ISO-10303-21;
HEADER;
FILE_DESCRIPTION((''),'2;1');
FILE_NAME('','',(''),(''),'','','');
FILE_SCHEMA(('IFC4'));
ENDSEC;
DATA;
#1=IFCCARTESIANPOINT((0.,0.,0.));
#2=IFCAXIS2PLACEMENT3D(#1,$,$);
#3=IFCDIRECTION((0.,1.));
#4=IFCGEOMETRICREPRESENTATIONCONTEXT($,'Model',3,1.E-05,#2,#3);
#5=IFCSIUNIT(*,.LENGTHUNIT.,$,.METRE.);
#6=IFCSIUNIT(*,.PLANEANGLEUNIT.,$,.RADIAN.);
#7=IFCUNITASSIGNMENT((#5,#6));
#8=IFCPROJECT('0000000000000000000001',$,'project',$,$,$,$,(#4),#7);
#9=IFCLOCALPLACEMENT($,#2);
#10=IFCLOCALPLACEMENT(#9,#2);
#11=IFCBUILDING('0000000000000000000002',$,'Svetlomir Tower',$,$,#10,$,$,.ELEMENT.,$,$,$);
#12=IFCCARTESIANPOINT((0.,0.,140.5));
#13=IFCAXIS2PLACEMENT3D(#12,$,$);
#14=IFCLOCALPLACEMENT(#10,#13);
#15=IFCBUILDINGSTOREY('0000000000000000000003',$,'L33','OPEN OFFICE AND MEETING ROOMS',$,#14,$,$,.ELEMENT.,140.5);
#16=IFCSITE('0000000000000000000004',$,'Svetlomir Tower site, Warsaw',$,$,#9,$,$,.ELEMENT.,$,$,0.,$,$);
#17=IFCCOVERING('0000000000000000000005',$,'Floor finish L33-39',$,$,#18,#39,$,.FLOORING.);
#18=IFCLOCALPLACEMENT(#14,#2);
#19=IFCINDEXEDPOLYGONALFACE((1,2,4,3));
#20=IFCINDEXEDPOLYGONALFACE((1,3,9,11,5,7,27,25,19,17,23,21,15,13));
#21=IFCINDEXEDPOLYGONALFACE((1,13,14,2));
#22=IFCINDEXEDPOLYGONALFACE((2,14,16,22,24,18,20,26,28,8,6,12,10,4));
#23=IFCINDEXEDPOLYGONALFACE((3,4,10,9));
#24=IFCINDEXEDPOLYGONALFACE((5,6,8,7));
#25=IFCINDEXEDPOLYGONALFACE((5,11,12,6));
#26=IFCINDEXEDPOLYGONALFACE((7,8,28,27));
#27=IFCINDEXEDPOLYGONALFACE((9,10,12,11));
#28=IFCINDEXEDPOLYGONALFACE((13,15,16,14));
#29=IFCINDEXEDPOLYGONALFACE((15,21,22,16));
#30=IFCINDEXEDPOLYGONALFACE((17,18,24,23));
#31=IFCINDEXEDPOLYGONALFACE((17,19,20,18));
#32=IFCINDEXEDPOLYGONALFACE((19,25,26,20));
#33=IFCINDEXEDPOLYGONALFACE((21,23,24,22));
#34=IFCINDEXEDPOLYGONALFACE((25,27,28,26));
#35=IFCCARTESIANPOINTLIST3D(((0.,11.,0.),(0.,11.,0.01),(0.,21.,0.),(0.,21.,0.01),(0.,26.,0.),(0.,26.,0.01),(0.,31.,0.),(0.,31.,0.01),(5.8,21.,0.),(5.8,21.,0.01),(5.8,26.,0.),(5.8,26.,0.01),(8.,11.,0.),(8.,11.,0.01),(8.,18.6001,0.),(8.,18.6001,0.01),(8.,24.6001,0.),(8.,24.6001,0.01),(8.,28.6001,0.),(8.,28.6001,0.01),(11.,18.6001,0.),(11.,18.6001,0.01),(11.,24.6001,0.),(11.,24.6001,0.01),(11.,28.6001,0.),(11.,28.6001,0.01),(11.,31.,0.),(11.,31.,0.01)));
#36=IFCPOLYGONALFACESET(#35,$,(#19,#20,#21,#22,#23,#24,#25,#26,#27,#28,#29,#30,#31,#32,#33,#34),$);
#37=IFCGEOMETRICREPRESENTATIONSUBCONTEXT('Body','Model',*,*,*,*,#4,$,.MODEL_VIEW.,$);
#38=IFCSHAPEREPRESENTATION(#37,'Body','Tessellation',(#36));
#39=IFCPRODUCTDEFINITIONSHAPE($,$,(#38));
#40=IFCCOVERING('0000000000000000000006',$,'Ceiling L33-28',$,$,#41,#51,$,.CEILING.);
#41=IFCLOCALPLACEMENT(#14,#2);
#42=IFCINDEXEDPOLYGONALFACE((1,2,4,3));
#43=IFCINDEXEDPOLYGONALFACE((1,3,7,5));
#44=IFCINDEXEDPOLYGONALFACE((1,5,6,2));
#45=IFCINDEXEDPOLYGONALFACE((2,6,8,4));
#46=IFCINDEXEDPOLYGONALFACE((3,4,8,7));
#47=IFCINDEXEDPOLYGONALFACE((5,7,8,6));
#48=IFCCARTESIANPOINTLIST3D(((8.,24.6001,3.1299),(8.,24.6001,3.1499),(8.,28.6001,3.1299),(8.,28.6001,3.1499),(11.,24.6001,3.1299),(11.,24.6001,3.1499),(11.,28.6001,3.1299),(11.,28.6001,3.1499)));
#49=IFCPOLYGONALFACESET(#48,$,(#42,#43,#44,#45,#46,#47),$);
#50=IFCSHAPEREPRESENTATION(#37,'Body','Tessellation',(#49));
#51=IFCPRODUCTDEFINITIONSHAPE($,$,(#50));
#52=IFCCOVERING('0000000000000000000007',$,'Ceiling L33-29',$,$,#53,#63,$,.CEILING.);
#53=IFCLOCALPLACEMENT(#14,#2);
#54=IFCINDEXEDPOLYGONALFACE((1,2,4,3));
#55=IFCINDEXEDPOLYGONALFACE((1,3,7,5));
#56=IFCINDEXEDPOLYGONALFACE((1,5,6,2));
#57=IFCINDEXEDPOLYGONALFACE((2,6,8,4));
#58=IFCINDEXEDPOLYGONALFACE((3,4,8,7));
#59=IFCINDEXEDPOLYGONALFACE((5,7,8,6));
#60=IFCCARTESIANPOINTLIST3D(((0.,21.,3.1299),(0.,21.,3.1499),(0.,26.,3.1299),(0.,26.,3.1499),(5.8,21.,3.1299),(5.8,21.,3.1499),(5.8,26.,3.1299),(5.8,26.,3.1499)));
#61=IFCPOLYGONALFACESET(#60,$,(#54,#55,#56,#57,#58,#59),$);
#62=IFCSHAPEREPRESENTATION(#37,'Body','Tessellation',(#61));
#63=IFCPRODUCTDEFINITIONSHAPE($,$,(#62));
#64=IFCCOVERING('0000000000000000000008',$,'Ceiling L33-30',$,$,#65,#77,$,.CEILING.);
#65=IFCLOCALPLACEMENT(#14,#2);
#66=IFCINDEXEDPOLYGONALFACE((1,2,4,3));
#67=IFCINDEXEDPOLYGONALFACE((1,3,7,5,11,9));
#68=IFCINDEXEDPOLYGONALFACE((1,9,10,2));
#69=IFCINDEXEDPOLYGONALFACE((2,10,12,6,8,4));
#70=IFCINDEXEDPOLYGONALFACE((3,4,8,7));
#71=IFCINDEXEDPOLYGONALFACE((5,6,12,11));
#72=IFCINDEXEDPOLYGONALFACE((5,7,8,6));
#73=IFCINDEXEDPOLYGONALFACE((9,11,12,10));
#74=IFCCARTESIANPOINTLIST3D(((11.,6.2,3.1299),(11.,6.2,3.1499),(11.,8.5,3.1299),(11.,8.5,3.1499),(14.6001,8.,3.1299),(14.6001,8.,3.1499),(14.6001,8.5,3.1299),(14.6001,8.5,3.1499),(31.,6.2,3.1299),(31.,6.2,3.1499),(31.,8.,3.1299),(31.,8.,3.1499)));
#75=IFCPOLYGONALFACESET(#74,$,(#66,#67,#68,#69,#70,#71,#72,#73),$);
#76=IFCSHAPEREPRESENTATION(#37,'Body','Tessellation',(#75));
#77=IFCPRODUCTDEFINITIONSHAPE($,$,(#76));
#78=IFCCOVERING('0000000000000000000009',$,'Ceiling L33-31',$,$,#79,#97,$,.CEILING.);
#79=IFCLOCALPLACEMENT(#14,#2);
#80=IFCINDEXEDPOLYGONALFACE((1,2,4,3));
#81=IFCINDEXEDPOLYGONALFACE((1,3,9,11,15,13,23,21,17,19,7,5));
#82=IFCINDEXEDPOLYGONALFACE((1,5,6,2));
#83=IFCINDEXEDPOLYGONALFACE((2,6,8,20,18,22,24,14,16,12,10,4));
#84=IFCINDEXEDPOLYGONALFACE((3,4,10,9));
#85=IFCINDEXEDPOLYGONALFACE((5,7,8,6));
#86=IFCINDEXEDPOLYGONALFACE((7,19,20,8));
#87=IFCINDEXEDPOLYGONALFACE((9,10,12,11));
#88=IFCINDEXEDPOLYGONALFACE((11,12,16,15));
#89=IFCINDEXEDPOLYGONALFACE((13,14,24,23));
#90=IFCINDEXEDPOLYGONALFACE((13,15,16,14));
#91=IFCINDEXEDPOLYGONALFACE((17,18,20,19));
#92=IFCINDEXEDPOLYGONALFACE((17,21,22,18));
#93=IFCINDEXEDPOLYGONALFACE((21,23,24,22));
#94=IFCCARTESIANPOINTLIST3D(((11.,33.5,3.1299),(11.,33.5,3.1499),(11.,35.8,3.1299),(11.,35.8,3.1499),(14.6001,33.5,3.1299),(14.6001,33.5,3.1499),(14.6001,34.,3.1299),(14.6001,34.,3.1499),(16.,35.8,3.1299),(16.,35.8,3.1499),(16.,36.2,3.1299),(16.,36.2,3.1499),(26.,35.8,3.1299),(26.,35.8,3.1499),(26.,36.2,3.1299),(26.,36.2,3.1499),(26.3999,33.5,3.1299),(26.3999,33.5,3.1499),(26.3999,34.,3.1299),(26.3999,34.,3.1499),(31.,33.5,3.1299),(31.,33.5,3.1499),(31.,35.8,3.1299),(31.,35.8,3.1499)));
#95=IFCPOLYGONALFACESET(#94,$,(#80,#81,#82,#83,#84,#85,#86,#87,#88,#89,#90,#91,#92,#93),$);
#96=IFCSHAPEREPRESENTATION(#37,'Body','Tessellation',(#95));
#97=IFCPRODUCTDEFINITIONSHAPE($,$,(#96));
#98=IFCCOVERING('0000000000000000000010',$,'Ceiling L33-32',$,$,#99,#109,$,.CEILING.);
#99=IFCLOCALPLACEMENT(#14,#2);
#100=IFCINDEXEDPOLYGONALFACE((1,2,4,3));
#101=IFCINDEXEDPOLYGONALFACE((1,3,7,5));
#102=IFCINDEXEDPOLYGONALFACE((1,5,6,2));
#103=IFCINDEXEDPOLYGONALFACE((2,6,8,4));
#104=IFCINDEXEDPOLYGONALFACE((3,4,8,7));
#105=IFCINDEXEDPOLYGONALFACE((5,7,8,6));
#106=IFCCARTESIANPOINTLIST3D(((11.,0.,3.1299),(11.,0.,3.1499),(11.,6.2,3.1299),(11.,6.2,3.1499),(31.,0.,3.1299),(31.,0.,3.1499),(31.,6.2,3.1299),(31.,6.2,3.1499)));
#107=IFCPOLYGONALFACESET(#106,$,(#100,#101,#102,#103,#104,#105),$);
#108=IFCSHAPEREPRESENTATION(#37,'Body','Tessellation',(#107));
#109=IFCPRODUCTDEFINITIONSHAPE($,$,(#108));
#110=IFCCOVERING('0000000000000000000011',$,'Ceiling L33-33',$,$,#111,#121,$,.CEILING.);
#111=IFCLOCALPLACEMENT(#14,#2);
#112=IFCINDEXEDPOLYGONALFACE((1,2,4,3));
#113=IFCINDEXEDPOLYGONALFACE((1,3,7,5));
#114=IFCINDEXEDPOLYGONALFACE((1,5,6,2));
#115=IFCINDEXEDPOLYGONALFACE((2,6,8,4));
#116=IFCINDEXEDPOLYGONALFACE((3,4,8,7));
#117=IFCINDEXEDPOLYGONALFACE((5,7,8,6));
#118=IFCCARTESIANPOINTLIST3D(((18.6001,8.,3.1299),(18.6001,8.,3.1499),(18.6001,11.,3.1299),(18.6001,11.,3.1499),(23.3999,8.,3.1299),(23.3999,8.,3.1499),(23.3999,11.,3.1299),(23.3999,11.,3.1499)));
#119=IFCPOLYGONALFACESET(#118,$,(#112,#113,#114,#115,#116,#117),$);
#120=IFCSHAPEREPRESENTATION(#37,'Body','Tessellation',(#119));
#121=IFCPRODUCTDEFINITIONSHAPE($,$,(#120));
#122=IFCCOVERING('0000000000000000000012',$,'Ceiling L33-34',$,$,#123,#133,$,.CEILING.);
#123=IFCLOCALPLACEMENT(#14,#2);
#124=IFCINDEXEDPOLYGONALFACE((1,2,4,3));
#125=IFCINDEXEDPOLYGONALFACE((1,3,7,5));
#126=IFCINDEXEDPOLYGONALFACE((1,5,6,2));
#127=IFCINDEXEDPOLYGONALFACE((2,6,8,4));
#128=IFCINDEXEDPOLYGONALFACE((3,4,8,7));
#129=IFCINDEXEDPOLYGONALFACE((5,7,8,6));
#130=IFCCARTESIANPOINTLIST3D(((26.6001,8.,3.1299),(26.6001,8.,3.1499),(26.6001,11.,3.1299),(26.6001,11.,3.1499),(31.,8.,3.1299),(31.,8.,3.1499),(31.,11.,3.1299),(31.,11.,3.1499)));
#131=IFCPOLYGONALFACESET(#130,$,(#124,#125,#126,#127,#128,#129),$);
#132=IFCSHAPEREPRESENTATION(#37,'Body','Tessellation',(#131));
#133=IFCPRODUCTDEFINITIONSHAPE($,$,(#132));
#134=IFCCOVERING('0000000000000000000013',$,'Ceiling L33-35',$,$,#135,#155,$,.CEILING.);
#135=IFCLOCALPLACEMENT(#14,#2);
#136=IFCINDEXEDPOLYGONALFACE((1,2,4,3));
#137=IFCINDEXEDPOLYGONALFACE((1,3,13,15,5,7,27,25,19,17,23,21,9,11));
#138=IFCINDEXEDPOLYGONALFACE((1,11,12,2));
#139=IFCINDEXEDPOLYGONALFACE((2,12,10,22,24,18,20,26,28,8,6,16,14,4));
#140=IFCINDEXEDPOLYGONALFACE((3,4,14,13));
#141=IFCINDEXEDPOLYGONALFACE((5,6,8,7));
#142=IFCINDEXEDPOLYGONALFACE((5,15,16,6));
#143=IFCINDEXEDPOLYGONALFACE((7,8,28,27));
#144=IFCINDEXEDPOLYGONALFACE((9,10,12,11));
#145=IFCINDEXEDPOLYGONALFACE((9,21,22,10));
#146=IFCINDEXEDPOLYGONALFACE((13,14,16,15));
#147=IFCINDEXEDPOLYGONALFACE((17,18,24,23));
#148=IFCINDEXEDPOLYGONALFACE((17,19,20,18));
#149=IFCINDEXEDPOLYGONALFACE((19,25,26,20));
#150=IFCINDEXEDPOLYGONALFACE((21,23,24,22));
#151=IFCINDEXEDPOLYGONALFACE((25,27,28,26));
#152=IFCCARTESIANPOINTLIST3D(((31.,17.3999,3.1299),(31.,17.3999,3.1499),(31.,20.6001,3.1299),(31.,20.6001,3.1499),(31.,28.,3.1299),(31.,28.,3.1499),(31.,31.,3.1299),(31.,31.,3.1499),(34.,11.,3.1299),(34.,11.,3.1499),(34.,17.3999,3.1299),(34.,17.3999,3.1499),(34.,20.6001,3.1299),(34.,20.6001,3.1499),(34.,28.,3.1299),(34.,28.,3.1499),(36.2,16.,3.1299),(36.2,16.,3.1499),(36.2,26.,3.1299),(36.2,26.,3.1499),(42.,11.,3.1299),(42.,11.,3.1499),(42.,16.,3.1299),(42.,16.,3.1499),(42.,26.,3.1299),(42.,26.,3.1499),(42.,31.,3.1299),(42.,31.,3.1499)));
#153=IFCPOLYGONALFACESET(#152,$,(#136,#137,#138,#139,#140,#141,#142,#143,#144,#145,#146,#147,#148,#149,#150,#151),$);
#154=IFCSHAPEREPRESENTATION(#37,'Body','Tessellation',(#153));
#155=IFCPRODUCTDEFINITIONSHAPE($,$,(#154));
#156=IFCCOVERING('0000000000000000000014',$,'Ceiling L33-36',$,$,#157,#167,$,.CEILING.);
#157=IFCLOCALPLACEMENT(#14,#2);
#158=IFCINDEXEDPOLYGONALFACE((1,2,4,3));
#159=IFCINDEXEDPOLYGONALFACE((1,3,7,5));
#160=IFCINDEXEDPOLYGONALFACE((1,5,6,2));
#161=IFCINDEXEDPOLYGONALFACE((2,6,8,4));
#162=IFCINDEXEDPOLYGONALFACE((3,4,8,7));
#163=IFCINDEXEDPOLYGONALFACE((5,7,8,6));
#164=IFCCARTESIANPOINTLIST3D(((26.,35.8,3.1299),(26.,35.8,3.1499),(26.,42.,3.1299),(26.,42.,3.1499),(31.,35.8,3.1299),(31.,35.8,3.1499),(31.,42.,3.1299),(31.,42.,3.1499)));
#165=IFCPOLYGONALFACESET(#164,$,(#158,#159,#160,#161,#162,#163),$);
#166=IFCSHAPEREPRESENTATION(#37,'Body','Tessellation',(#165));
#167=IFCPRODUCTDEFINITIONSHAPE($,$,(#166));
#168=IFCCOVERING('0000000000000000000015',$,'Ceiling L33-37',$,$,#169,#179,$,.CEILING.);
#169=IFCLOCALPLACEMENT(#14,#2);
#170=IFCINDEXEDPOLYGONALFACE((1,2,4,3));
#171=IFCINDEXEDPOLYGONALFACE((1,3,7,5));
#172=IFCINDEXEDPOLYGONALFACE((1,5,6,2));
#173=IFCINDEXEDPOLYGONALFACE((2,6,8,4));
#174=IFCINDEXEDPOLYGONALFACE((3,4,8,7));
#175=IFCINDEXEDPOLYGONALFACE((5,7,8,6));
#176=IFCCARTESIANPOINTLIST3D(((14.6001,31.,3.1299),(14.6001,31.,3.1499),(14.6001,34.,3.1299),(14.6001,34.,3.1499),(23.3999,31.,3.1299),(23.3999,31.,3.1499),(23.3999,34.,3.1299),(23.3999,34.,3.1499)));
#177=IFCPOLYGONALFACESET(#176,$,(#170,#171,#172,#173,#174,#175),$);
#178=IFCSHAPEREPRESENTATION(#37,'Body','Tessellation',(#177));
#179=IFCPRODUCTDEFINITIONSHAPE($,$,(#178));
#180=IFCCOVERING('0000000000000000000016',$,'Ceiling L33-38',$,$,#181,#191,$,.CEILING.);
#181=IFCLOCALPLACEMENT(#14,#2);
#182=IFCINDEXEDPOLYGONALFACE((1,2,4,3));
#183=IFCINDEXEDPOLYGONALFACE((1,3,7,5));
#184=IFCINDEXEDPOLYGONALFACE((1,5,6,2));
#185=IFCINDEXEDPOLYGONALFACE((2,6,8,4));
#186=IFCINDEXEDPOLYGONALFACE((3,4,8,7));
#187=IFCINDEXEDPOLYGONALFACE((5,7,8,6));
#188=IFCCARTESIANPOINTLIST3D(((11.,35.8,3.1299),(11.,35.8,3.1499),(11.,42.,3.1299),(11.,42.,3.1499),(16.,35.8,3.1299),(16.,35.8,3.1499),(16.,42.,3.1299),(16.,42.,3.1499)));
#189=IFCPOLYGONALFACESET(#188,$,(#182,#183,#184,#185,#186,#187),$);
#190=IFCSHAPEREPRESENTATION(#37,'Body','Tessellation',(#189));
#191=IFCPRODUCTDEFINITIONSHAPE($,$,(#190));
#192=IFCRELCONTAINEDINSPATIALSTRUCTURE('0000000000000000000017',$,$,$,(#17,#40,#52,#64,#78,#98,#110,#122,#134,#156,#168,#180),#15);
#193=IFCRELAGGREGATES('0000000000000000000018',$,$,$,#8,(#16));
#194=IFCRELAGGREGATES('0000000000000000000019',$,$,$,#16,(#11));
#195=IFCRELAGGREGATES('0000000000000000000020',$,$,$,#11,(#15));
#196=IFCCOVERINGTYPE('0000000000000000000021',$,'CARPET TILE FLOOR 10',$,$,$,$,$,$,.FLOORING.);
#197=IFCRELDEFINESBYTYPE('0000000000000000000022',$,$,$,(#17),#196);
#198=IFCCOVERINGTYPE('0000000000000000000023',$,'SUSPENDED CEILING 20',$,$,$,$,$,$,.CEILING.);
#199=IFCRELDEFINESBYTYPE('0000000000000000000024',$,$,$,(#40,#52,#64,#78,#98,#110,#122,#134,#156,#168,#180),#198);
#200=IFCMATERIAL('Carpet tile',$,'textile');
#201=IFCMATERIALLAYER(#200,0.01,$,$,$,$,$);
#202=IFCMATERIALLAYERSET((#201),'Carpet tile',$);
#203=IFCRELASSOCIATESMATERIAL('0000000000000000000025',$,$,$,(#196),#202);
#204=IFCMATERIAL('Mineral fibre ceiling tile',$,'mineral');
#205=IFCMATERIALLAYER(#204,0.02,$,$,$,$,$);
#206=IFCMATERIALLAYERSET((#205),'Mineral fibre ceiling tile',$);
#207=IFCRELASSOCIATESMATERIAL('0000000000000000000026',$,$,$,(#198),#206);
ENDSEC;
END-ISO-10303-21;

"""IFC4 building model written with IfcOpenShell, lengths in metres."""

from ifc_helpers import new_model, si_unit, direction, frame, origin, place, context, subcontext, project, spatial, polyline, outline, extrude, material, layer, layer_set, type_object, element, save


model = new_model("IFC4")

# Units and contexts
model_context = context("Model", 3, precision=1e-05, world=origin(), true_north=direction((0.0, 1.0)))
body_context = subcontext(model_context, "Body", "Model", "MODEL_VIEW")
ifc_project = project(units=[si_unit("LENGTHUNIT", "METRE"), si_unit("PLANEANGLEUNIT", "RADIAN")], contexts=[model_context])

# Site, building, storey
site_placement = place(None, origin())
site = spatial("IfcSite", under=ifc_project, at=site_placement, Name="Svetlomir Tower site, Warsaw", CompositionType="ELEMENT", RefElevation=0.0)
building_placement = place(site_placement, origin())
building = spatial("IfcBuilding", under=site, at=building_placement, Name="Svetlomir Tower", CompositionType="ELEMENT")
storey_placement = place(building_placement, frame((0.0, 0.0, 140.5)))
storey = spatial("IfcBuildingStorey", under=building, at=storey_placement, Name="L33", Description="OPEN OFFICE AND MEETING ROOMS", CompositionType="ELEMENT", Elevation=140.5)

# Coverings
ifc_material_1 = material(Name="Carpet tile", Category="textile")
ifc_layer_1 = layer(ifc_material_1, 0.01)
ifc_layer_set_1 = layer_set([ifc_layer_1], Name="Carpet tile")
covering_type_1 = type_object("IfcCoveringType", Name="CARPET TILE FLOOR 10", PredefinedType="FLOORING", material=ifc_layer_set_1)
covering_1_placement = place(storey_placement, origin())
element("IfcCovering", 1, at=covering_1_placement, inside=storey, type_object=covering_type_1, Name="Floor finish L33-39", PredefinedType="FLOORING", context=body_context, shape_type="SweptSolid", body=[
    extrude(outline(polyline([(11.0, 28.6001), (8.0, 28.6001), (8.0, 24.6001), (11.0, 24.6001), (11.0, 18.6001), (8.0, 18.6001), (8.0, 11.0), (0.0, 11.0), (0.0, 21.0), (5.8, 21.0), (5.8, 26.0), (0.0, 26.0), (0.0, 31.0), (11.0, 31.0), (11.0, 28.6001)])), origin(), (0.0, 0.0, 1.0), 0.01),
])
ifc_material_2 = material(Name="Mineral fibre ceiling tile", Category="mineral")
ifc_layer_2 = layer(ifc_material_2, 0.02)
ifc_layer_set_2 = layer_set([ifc_layer_2], Name="Mineral fibre ceiling tile")
covering_type_2 = type_object("IfcCoveringType", Name="SUSPENDED CEILING 20", PredefinedType="CEILING", material=ifc_layer_set_2)
covering_2_placement = place(storey_placement, frame((0.0, 0.0, 3.1299)))
element("IfcCovering", 2, at=covering_2_placement, inside=storey, type_object=covering_type_2, Name="Ceiling L33-28", PredefinedType="CEILING", context=body_context, shape_type="SweptSolid", body=[
    extrude(outline(polyline([(8.0, 24.6001), (11.0, 24.6001), (11.0, 28.6001), (8.0, 28.6001), (8.0, 24.6001)])), origin(), (0.0, 0.0, 1.0), 0.02),
])
covering_3_placement = place(storey_placement, frame((0.0, 0.0, 3.1299)))
element("IfcCovering", 3, at=covering_3_placement, inside=storey, type_object=covering_type_2, Name="Ceiling L33-29", PredefinedType="CEILING", context=body_context, shape_type="SweptSolid", body=[
    extrude(outline(polyline([(0.0, 21.0), (5.8, 21.0), (5.8, 26.0), (0.0, 26.0), (0.0, 21.0)])), origin(), (0.0, 0.0, 1.0), 0.02),
])
covering_4_placement = place(storey_placement, frame((0.0, 0.0, 3.1299)))
element("IfcCovering", 4, at=covering_4_placement, inside=storey, type_object=covering_type_2, Name="Ceiling L33-30", PredefinedType="CEILING", context=body_context, shape_type="SweptSolid", body=[
    extrude(outline(polyline([(31.0, 8.0), (31.0, 6.2), (11.0, 6.2), (11.0, 8.5), (14.6001, 8.5), (14.6001, 8.0), (31.0, 8.0)])), origin(), (0.0, 0.0, 1.0), 0.02),
])
covering_5_placement = place(storey_placement, frame((0.0, 0.0, 3.1299)))
element("IfcCovering", 5, at=covering_5_placement, inside=storey, type_object=covering_type_2, Name="Ceiling L33-31", PredefinedType="CEILING", context=body_context, shape_type="SweptSolid", body=[
    extrude(outline(polyline([(14.6001, 33.5), (11.0, 33.5), (11.0, 35.8), (16.0, 35.8), (16.0, 36.2), (26.0, 36.2), (26.0, 35.8), (31.0, 35.8), (31.0, 33.5), (26.3999, 33.5), (26.3999, 34.0), (14.6001, 34.0), (14.6001, 33.5)])), origin(), (0.0, 0.0, 1.0), 0.02),
])
covering_6_placement = place(storey_placement, frame((0.0, 0.0, 3.1299)))
element("IfcCovering", 6, at=covering_6_placement, inside=storey, type_object=covering_type_2, Name="Ceiling L33-32", PredefinedType="CEILING", context=body_context, shape_type="SweptSolid", body=[
    extrude(outline(polyline([(11.0, 6.2), (31.0, 6.2), (31.0, 0.0), (11.0, 0.0), (11.0, 6.2)])), origin(), (0.0, 0.0, 1.0), 0.02),
])
covering_7_placement = place(storey_placement, frame((0.0, 0.0, 3.1299)))
element("IfcCovering", 7, at=covering_7_placement, inside=storey, type_object=covering_type_2, Name="Ceiling L33-33", PredefinedType="CEILING", context=body_context, shape_type="SweptSolid", body=[
    extrude(outline(polyline([(23.3999, 11.0), (23.3999, 8.0), (18.6001, 8.0), (18.6001, 11.0), (23.3999, 11.0)])), origin(), (0.0, 0.0, 1.0), 0.02),
])
covering_8_placement = place(storey_placement, frame((0.0, 0.0, 3.1299)))
element("IfcCovering", 8, at=covering_8_placement, inside=storey, type_object=covering_type_2, Name="Ceiling L33-34", PredefinedType="CEILING", context=body_context, shape_type="SweptSolid", body=[
    extrude(outline(polyline([(31.0, 11.0), (31.0, 8.0), (26.6001, 8.0), (26.6001, 11.0), (31.0, 11.0)])), origin(), (0.0, 0.0, 1.0), 0.02),
])
covering_9_placement = place(storey_placement, frame((0.0, 0.0, 3.1299)))
element("IfcCovering", 9, at=covering_9_placement, inside=storey, type_object=covering_type_2, Name="Ceiling L33-35", PredefinedType="CEILING", context=body_context, shape_type="SweptSolid", body=[
    extrude(outline(polyline([(34.0, 17.3999), (31.0, 17.3999), (31.0, 20.6001), (34.0, 20.6001), (34.0, 28.0), (31.0, 28.0), (31.0, 31.0), (42.0, 31.0), (42.0, 26.0), (36.2, 26.0), (36.2, 16.0), (42.0, 16.0), (42.0, 11.0), (34.0, 11.0), (34.0, 17.3999)])), origin(), (0.0, 0.0, 1.0), 0.02),
])
covering_10_placement = place(storey_placement, frame((0.0, 0.0, 3.1299)))
element("IfcCovering", 10, at=covering_10_placement, inside=storey, type_object=covering_type_2, Name="Ceiling L33-36", PredefinedType="CEILING", context=body_context, shape_type="SweptSolid", body=[
    extrude(outline(polyline([(26.0, 35.8), (26.0, 42.0), (31.0, 42.0), (31.0, 35.8), (26.0, 35.8)])), origin(), (0.0, 0.0, 1.0), 0.02),
])
covering_11_placement = place(storey_placement, frame((0.0, 0.0, 3.1299)))
element("IfcCovering", 11, at=covering_11_placement, inside=storey, type_object=covering_type_2, Name="Ceiling L33-37", PredefinedType="CEILING", context=body_context, shape_type="SweptSolid", body=[
    extrude(outline(polyline([(14.6001, 31.0), (14.6001, 34.0), (23.3999, 34.0), (23.3999, 31.0), (14.6001, 31.0)])), origin(), (0.0, 0.0, 1.0), 0.02),
])
covering_12_placement = place(storey_placement, frame((0.0, 0.0, 3.1299)))
element("IfcCovering", 12, at=covering_12_placement, inside=storey, type_object=covering_type_2, Name="Ceiling L33-38", PredefinedType="CEILING", context=body_context, shape_type="SweptSolid", body=[
    extrude(outline(polyline([(16.0, 42.0), (16.0, 35.8), (11.0, 35.8), (11.0, 42.0), (16.0, 42.0)])), origin(), (0.0, 0.0, 1.0), 0.02),
])

save(model, "model.ifc")
